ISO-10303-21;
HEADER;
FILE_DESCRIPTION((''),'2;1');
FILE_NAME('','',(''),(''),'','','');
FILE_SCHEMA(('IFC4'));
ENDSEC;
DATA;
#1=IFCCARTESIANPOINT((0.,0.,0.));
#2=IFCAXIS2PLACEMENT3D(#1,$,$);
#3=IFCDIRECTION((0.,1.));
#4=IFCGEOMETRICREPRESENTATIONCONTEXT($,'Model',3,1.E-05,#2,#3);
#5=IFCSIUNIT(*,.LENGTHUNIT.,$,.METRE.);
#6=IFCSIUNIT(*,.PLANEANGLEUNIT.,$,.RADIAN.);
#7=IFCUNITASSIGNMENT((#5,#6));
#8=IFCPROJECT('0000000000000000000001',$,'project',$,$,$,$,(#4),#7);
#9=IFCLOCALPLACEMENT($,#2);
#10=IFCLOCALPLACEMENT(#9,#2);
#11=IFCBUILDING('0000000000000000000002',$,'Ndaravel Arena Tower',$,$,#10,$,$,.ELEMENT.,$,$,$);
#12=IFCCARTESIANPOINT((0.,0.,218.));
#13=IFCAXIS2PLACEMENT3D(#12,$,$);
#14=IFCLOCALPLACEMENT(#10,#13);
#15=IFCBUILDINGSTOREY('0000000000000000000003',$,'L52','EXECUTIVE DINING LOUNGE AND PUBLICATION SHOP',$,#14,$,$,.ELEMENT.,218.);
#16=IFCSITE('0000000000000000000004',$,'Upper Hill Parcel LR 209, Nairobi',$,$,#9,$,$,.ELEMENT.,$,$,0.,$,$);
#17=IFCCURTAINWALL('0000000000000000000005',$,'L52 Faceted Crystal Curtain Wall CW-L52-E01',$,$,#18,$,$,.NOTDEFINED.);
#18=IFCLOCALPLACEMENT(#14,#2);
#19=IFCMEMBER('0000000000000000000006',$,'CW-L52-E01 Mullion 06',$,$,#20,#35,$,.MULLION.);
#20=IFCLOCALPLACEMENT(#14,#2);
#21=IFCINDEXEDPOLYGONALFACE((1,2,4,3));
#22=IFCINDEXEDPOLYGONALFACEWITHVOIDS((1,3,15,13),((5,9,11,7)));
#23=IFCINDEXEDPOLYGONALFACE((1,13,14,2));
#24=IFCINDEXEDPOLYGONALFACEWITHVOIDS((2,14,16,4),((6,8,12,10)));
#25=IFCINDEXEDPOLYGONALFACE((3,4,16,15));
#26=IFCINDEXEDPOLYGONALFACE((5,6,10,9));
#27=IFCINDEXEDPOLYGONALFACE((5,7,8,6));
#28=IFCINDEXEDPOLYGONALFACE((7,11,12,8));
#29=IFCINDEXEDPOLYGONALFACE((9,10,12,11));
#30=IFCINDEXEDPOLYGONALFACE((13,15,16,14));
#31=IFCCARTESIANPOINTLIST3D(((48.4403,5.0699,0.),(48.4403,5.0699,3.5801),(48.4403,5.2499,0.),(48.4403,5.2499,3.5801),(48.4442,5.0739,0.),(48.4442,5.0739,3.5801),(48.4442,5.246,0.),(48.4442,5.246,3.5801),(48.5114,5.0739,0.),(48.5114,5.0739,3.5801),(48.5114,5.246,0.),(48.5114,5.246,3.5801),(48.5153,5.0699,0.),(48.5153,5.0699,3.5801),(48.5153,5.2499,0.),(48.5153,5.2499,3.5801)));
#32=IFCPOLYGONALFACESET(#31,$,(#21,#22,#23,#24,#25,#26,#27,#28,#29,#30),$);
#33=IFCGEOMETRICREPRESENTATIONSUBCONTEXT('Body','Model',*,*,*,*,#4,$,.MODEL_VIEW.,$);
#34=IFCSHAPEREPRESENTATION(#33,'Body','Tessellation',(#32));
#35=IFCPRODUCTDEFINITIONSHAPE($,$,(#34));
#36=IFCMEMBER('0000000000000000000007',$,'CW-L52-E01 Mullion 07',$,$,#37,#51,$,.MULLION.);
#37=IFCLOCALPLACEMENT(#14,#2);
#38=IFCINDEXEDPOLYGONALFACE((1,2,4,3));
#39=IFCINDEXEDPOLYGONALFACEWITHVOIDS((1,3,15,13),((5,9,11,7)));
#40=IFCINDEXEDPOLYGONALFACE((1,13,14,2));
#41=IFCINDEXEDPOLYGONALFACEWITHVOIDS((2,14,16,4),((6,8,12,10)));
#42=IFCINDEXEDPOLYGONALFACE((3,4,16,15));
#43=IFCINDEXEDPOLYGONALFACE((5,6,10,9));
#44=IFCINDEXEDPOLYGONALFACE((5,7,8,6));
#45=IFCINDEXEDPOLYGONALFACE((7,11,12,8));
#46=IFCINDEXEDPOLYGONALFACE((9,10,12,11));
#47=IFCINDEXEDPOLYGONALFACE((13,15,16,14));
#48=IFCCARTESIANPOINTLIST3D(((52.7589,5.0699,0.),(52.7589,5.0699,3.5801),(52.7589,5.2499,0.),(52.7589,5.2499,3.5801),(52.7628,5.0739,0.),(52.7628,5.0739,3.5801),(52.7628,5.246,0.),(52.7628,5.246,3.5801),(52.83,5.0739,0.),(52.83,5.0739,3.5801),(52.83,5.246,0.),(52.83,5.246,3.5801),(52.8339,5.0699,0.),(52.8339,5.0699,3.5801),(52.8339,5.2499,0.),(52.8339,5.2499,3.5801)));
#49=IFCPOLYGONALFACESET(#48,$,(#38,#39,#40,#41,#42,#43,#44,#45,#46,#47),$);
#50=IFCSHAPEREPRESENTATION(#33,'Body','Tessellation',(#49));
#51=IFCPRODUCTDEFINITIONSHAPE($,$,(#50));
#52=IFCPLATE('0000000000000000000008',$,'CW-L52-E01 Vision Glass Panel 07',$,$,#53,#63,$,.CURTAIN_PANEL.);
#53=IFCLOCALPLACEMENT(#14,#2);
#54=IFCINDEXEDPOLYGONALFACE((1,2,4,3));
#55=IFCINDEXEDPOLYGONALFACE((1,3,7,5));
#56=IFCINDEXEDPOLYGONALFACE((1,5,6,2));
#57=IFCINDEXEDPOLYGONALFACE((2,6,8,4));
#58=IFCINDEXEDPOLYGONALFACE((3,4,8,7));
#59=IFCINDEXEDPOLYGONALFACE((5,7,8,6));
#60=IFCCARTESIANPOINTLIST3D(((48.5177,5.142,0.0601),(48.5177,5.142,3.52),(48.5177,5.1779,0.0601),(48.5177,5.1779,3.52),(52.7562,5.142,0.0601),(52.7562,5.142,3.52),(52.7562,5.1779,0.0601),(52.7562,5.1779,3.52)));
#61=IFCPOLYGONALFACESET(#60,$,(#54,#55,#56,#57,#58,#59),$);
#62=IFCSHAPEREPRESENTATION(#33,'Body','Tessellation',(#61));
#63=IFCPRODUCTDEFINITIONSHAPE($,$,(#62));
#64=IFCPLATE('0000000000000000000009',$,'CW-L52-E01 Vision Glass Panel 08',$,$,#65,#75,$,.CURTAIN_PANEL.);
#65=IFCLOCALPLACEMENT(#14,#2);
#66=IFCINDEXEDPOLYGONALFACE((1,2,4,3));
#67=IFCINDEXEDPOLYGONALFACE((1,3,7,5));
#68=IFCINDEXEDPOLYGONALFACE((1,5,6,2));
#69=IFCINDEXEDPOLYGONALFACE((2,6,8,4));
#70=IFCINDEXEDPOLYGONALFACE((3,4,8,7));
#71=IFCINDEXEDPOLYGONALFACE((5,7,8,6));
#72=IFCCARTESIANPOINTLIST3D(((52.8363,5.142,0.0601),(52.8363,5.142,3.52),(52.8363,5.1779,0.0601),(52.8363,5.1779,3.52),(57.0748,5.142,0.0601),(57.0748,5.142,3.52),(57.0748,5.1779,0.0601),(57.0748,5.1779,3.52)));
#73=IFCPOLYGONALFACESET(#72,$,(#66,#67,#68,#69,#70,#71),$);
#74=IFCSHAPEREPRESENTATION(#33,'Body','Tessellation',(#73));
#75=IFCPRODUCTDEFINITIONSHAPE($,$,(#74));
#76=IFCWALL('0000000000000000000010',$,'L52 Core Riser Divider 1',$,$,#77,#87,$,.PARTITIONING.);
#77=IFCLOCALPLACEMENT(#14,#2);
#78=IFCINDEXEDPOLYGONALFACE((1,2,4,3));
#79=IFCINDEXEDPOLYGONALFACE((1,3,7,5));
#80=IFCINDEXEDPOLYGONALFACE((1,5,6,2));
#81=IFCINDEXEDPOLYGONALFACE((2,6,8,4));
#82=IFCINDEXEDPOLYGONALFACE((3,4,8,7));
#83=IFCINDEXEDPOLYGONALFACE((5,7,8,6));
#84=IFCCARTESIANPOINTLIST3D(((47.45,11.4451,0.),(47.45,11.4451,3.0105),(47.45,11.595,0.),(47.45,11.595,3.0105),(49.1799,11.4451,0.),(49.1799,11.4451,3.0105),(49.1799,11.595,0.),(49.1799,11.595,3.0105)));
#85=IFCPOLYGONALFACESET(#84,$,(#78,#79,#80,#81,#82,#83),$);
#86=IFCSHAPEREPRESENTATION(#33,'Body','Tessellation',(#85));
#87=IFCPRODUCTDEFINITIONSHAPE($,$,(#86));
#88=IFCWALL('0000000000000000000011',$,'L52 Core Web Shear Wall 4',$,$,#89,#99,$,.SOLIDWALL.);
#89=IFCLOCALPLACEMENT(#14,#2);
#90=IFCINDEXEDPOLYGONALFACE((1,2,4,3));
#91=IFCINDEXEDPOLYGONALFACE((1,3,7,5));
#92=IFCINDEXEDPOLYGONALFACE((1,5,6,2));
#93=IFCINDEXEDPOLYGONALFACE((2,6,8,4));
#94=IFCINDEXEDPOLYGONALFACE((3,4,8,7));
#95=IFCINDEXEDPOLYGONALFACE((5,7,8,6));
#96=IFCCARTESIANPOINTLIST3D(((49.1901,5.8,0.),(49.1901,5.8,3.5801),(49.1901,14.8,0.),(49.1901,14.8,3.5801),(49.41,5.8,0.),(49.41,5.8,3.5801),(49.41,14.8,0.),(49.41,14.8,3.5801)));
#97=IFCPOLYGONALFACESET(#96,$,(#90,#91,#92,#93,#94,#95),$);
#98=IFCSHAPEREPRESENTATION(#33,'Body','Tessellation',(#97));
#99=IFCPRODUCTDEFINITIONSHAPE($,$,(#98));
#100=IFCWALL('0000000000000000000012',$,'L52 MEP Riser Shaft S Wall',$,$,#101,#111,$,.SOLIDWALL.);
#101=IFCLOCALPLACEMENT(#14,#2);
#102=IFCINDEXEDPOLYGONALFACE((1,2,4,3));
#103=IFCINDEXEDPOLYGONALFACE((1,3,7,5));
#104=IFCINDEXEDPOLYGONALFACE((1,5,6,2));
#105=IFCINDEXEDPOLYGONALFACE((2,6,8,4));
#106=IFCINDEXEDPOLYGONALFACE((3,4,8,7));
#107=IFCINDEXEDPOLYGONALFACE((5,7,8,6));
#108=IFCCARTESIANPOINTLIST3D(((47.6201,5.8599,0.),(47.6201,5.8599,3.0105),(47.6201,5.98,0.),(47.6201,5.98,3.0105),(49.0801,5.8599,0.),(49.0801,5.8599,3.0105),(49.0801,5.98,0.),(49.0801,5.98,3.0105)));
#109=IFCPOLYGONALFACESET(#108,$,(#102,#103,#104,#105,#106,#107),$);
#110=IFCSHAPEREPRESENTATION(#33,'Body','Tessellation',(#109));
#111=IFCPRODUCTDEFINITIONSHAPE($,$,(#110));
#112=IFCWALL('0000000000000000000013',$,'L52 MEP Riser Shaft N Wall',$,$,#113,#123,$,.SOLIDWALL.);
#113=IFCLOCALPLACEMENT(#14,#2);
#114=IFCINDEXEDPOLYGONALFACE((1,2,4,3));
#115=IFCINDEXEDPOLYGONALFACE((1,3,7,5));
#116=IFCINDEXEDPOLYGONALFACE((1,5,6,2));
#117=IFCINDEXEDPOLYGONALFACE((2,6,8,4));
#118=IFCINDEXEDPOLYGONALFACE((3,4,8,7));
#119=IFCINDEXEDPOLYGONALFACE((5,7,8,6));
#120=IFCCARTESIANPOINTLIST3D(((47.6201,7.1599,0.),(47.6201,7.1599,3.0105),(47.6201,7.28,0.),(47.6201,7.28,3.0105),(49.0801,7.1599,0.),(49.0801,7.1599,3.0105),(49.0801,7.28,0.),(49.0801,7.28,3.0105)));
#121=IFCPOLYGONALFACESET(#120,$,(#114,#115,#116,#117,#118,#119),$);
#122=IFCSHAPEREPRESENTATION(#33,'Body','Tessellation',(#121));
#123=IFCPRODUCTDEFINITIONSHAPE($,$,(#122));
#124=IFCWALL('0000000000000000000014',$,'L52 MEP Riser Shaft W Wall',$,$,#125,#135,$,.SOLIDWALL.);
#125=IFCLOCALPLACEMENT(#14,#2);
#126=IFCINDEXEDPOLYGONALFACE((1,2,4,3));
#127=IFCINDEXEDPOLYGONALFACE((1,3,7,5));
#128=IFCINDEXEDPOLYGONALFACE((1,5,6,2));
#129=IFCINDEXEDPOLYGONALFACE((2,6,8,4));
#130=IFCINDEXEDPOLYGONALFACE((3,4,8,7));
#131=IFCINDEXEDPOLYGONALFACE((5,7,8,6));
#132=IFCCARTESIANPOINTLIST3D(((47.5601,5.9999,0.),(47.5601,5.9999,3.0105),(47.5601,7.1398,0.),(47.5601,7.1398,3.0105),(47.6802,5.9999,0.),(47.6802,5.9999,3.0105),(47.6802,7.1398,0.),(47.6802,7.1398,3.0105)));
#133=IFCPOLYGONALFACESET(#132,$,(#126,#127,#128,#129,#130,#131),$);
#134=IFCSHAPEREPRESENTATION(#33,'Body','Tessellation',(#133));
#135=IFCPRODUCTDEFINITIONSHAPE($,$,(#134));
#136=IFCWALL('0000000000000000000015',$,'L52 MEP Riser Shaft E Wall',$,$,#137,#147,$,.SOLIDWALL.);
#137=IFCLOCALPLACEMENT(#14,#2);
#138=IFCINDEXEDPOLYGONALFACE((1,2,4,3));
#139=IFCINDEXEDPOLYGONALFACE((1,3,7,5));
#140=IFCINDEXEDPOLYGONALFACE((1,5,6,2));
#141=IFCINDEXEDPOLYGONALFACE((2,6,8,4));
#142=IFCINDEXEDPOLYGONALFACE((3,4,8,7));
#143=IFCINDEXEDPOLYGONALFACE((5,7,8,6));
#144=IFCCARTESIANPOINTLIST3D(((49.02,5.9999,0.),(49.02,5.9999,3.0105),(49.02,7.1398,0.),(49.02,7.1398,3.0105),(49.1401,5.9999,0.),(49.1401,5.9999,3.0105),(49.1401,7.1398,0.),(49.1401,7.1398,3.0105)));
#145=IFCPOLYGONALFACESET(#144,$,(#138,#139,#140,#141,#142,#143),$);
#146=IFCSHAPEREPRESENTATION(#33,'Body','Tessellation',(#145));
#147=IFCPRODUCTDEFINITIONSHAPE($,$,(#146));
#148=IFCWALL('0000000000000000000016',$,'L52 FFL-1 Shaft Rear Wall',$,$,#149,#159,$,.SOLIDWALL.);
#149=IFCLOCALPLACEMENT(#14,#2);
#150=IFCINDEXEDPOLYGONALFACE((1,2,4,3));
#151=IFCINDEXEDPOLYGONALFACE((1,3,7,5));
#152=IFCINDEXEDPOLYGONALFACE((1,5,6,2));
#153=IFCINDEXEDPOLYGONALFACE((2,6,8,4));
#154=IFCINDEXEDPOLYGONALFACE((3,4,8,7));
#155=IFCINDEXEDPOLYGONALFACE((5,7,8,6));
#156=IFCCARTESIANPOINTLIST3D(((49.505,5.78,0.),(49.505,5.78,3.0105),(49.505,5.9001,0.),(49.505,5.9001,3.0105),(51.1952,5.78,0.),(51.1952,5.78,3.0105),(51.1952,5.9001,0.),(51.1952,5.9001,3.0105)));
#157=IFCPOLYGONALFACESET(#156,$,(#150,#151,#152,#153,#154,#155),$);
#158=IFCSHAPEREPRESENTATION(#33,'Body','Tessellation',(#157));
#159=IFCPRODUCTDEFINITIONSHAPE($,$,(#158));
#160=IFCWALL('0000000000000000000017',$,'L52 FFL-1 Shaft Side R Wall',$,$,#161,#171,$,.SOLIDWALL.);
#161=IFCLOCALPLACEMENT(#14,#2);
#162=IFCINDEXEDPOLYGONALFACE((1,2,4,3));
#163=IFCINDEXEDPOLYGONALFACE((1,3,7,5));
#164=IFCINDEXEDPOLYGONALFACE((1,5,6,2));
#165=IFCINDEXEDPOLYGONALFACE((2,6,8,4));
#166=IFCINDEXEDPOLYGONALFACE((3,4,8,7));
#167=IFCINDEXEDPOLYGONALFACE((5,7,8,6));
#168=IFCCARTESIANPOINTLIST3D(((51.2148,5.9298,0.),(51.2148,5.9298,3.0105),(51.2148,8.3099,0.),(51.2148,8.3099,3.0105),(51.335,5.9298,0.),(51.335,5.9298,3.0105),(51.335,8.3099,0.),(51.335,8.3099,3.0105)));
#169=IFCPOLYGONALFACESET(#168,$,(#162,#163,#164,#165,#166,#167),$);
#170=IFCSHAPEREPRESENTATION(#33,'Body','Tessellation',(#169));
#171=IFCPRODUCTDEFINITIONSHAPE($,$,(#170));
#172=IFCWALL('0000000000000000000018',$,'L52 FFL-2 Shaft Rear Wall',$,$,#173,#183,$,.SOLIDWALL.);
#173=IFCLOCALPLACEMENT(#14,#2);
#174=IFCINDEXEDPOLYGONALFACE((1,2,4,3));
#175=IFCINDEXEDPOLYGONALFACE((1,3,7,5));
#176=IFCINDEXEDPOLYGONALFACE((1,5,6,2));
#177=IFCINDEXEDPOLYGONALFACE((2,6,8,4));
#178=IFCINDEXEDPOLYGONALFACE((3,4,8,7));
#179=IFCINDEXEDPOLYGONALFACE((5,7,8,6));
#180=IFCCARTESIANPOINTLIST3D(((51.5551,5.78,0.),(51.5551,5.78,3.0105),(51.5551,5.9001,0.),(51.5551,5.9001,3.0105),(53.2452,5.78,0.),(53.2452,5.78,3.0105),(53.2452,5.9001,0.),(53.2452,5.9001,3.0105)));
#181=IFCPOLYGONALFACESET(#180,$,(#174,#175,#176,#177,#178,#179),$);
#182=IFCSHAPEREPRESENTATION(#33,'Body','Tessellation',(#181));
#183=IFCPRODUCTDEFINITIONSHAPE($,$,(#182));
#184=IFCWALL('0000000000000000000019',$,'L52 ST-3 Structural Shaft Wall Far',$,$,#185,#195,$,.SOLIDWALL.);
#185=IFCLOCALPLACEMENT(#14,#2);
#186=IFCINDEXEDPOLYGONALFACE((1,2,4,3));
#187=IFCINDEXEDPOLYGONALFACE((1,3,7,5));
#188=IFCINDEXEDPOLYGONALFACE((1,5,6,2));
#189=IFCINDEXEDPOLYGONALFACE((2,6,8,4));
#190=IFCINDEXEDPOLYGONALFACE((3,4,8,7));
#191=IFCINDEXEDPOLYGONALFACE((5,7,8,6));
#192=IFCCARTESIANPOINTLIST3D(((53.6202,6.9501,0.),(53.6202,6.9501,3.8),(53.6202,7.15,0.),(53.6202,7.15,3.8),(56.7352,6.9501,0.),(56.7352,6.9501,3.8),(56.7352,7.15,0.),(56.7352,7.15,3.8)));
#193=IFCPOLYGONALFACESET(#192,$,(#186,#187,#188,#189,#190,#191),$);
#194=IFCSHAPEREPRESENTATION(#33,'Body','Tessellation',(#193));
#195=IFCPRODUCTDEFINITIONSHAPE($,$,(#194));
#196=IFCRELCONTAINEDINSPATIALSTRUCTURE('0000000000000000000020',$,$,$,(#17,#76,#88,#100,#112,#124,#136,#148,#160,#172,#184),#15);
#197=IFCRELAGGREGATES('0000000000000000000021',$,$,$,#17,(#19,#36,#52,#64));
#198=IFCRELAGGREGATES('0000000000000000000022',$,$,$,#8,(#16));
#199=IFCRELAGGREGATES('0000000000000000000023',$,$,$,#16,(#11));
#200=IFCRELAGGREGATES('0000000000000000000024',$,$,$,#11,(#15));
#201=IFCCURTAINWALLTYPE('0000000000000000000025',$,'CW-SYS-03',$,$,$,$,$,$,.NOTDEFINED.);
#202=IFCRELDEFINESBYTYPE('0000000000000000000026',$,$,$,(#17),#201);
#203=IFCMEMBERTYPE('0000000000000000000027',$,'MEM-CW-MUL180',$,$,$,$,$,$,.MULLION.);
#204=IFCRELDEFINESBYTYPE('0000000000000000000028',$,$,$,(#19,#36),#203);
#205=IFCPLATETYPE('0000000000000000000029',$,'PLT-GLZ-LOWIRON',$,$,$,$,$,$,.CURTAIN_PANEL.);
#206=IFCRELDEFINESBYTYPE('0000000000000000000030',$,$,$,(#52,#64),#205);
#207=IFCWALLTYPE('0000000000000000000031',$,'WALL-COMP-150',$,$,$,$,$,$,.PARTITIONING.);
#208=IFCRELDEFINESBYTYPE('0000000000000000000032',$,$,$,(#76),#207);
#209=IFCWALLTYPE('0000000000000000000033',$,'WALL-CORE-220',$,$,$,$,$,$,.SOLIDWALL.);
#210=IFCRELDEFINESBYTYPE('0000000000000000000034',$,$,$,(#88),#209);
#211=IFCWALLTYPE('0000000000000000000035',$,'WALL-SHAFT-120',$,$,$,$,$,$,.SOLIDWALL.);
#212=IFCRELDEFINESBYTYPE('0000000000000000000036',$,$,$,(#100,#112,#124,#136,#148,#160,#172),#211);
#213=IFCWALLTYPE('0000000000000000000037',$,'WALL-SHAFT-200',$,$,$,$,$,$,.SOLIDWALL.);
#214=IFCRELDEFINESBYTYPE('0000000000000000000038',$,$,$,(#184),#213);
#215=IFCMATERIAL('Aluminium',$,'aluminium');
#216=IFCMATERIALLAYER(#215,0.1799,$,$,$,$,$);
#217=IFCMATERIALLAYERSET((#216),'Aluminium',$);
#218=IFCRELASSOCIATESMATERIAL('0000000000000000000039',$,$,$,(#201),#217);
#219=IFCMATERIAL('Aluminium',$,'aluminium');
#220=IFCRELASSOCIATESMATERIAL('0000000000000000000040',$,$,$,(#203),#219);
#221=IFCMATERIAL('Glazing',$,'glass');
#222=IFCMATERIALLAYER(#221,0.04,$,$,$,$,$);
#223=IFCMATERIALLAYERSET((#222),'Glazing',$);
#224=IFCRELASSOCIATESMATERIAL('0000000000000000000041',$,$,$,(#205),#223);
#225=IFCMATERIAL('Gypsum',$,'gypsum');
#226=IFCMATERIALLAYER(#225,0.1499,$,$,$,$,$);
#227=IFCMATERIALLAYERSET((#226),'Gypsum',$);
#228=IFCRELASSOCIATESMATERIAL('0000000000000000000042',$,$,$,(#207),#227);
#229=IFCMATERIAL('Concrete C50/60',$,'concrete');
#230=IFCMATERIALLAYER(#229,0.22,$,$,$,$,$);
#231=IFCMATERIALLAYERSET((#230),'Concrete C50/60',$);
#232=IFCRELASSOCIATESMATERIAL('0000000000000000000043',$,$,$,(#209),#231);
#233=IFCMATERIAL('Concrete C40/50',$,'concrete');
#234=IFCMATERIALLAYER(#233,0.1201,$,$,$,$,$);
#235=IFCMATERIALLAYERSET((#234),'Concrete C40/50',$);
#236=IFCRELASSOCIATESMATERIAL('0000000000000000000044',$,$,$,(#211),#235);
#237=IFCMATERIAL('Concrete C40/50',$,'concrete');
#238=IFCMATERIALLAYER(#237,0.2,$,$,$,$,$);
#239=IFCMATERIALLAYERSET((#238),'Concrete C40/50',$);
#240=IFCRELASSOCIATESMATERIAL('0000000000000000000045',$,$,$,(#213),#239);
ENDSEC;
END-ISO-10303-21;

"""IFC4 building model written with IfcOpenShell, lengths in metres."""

from ifc_helpers import new_model, si_unit, direction, frame, frame_2d, origin, origin_2d, place, context, subcontext, project, spatial, rectangle, hollow_rectangle, extrude, material, layer, layer_set, material_profile, profile_set, type_object, element, aggregate, save


model = new_model("IFC4")

# Units and contexts
model_context = context("Model", 3, precision=1e-05, world=origin(), true_north=direction((0.0, 1.0)))
body_context = subcontext(model_context, "Body", "Model", "MODEL_VIEW")
ifc_project = project(units=[si_unit("LENGTHUNIT", "METRE"), si_unit("PLANEANGLEUNIT", "RADIAN")], contexts=[model_context])

# Site, building, storey
site_placement = place(None, origin())
site = spatial("IfcSite", under=ifc_project, at=site_placement, Name="Upper Hill Parcel LR 209, Nairobi", CompositionType="ELEMENT", RefElevation=0.0)
building_placement = place(site_placement, origin())
building = spatial("IfcBuilding", under=site, at=building_placement, Name="Ndaravel Arena Tower", CompositionType="ELEMENT")
storey_placement = place(building_placement, frame((0.0, 0.0, 218.0)))
storey = spatial("IfcBuildingStorey", under=building, at=storey_placement, Name="L52", Description="EXECUTIVE DINING LOUNGE AND PUBLICATION SHOP", CompositionType="ELEMENT", Elevation=218.0)

# Curtain wall, members, plates
ifc_material_1 = material(Name="Aluminium", Category="aluminium")
ifc_layer_1 = layer(ifc_material_1, 0.1799)
ifc_layer_set_1 = layer_set([ifc_layer_1], Name="Aluminium")
curtain_wall_type = type_object("IfcCurtainWallType", Name="CW-SYS-03", PredefinedType="NOTDEFINED", material=ifc_layer_set_1)
curtain_wall_placement = place(storey_placement, origin())
curtain_wall = element("IfcCurtainWall", 1, at=curtain_wall_placement, inside=storey, type_object=curtain_wall_type, Name="L52 Faceted Crystal Curtain Wall CW-L52-E01", PredefinedType="NOTDEFINED")
ifc_material_2 = material(Name="Aluminium", Category="aluminium")
ifc_material_profile = material_profile(ifc_material_2, hollow_rectangle(XDim=0.075, YDim=0.1799, WallThickness=0.0039, at=origin_2d()), Name="CW MULLION 75x180x4")
ifc_profile_set = profile_set([ifc_material_profile], Name="Aluminium")
member_type = type_object("IfcMemberType", Name="MEM-CW-MUL180", PredefinedType="MULLION", material=ifc_profile_set)
member_1_placement = place(storey_placement, frame((48.4778, 5.1599, 0.0), z_axis=(0.0, 0.0, 1.0), x_axis=(1.0, 0.0, 0.0)))
member_1 = element("IfcMember", 2, at=member_1_placement, type_object=member_type, Name="CW-L52-E01 Mullion 06", PredefinedType="MULLION", context=body_context, shape_type="SweptSolid", body=[
    extrude(hollow_rectangle(XDim=0.075, YDim=0.1799, WallThickness=0.0039, at=origin_2d()), origin(), (0.0, 0.0, 1.0), 3.5801),
])
member_2_placement = place(storey_placement, frame((52.7964, 5.1599, 0.0), z_axis=(0.0, 0.0, 1.0), x_axis=(1.0, 0.0, 0.0)))
member_2 = element("IfcMember", 3, at=member_2_placement, type_object=member_type, Name="CW-L52-E01 Mullion 07", PredefinedType="MULLION", context=body_context, shape_type="SweptSolid", body=[
    extrude(hollow_rectangle(XDim=0.075, YDim=0.1799, WallThickness=0.0039, at=origin_2d()), origin(), (0.0, 0.0, 1.0), 3.5801),
])
ifc_material_3 = material(Name="Glazing", Category="glass")
ifc_layer_2 = layer(ifc_material_3, 0.04)
ifc_layer_set_2 = layer_set([ifc_layer_2], Name="Glazing")
plate_type = type_object("IfcPlateType", Name="PLT-GLZ-LOWIRON", PredefinedType="CURTAIN_PANEL", material=ifc_layer_set_2)
plate_1_placement = place(storey_placement, frame((50.637, 5.1599, 0.0601), z_axis=(0.0, 0.0, 1.0), x_axis=(1.0, 0.0, 0.0)))
plate_1 = element("IfcPlate", 4, at=plate_1_placement, type_object=plate_type, Name="CW-L52-E01 Vision Glass Panel 07", PredefinedType="CURTAIN_PANEL", context=body_context, shape_type="SweptSolid", body=[
    extrude(rectangle(XDim=4.2385, YDim=0.0359, at=origin_2d()), origin(), (0.0, 0.0, 1.0), 3.46),
])
plate_2_placement = place(storey_placement, frame((54.9556, 5.1599, 0.0601), z_axis=(0.0, 0.0, 1.0), x_axis=(1.0, 0.0, 0.0)))
plate_2 = element("IfcPlate", 5, at=plate_2_placement, type_object=plate_type, Name="CW-L52-E01 Vision Glass Panel 08", PredefinedType="CURTAIN_PANEL", context=body_context, shape_type="SweptSolid", body=[
    extrude(rectangle(XDim=4.2385, YDim=0.0359, at=origin_2d()), origin(), (0.0, 0.0, 1.0), 3.46),
])
aggregate(curtain_wall, [member_1, member_2, plate_1, plate_2])

# Walls
ifc_material_4 = material(Name="Gypsum", Category="gypsum")
ifc_layer_3 = layer(ifc_material_4, 0.1499)
ifc_layer_set_3 = layer_set([ifc_layer_3], Name="Gypsum")
wall_type_1 = type_object("IfcWallType", Name="WALL-COMP-150", PredefinedType="PARTITIONING", material=ifc_layer_set_3)
wall_1_placement = place(storey_placement, frame((47.45, 11.52, 0.0), z_axis=(0.0, 0.0, 1.0), x_axis=(1.0, 0.0, 0.0)))
element("IfcWall", 6, at=wall_1_placement, inside=storey, type_object=wall_type_1, Name="L52 Core Riser Divider 1", PredefinedType="PARTITIONING", context=body_context, shape_type="SweptSolid", body=[
    extrude(rectangle(XDim=1.73, YDim=0.1499, at=frame_2d((0.865, 0.0))), origin(), (0.0, 0.0, 1.0), 3.0105),
])
ifc_material_5 = material(Name="Concrete C50/60", Category="concrete")
ifc_layer_4 = layer(ifc_material_5, 0.22)
ifc_layer_set_4 = layer_set([ifc_layer_4], Name="Concrete C50/60")
wall_type_2 = type_object("IfcWallType", Name="WALL-CORE-220", PredefinedType="SOLIDWALL", material=ifc_layer_set_4)
wall_2_placement = place(storey_placement, frame((49.3, 5.8, 0.0), z_axis=(0.0, 0.0, 1.0), x_axis=(0.0, 1.0, 0.0)))
element("IfcWall", 7, at=wall_2_placement, inside=storey, type_object=wall_type_2, Name="L52 Core Web Shear Wall 4", PredefinedType="SOLIDWALL", context=body_context, shape_type="SweptSolid", body=[
    extrude(rectangle(XDim=9.0, YDim=0.22, at=frame_2d((4.5, 0.0))), origin(), (0.0, 0.0, 1.0), 3.5801),
])

# Walls
ifc_material_6 = material(Name="Concrete C40/50", Category="concrete")
ifc_layer_5 = layer(ifc_material_6, 0.1201)
ifc_layer_set_5 = layer_set([ifc_layer_5], Name="Concrete C40/50")
wall_type_3 = type_object("IfcWallType", Name="WALL-SHAFT-120", PredefinedType="SOLIDWALL", material=ifc_layer_set_5)
for number, where, z_axis, x_axis, name in (
    (8, (47.6201, 5.9199, 0.0), (0.0, 0.0, 1.0), (1.0, 0.0, 0.0), "L52 MEP Riser Shaft S Wall"),
    (9, (47.6201, 7.22, 0.0), (0.0, 0.0, 1.0), (1.0, 0.0, 0.0), "L52 MEP Riser Shaft N Wall"),
):
    element("IfcWall", number, at=place(storey_placement, frame(where, z_axis=z_axis, x_axis=x_axis)), inside=storey, type_object=wall_type_3, Name=name, PredefinedType="SOLIDWALL", context=body_context, shape_type="SweptSolid", body=[
        extrude(rectangle(XDim=1.46, YDim=0.1201, at=frame_2d((0.73, 0.0))), origin(), (0.0, 0.0, 1.0), 3.0105),
    ])
for number, where, z_axis, x_axis, name in (
    (10, (47.6201, 6.0, 0.0), (0.0, 0.0, 1.0), (0.0, 1.0, 0.0), "L52 MEP Riser Shaft W Wall"),
    (11, (49.0801, 6.0, 0.0), (0.0, 0.0, 1.0), (0.0, 1.0, 0.0), "L52 MEP Riser Shaft E Wall"),
):
    element("IfcWall", number, at=place(storey_placement, frame(where, z_axis=z_axis, x_axis=x_axis)), inside=storey, type_object=wall_type_3, Name=name, PredefinedType="SOLIDWALL", context=body_context, shape_type="SweptSolid", body=[
        extrude(rectangle(XDim=1.1399, YDim=0.1201, at=frame_2d((0.5698, 0.0))), origin(), (0.0, 0.0, 1.0), 3.0105),
    ])
wall_3_placement = place(storey_placement, frame((49.5049, 5.8401, 0.0), z_axis=(0.0, 0.0, 1.0), x_axis=(1.0, 0.0, 0.0)))
element("IfcWall", 12, at=wall_3_placement, inside=storey, type_object=wall_type_3, Name="L52 FFL-1 Shaft Rear Wall", PredefinedType="SOLIDWALL", context=body_context, shape_type="SweptSolid", body=[
    extrude(rectangle(XDim=1.6902, YDim=0.1201, at=frame_2d((0.8452, 0.0))), origin(), (0.0, 0.0, 1.0), 3.0105),
])
wall_4_placement = place(storey_placement, frame((51.2749, 5.9299, 0.0), z_axis=(0.0, 0.0, 1.0), x_axis=(0.0, 1.0, 0.0)))
element("IfcWall", 13, at=wall_4_placement, inside=storey, type_object=wall_type_3, Name="L52 FFL-1 Shaft Side R Wall", PredefinedType="SOLIDWALL", context=body_context, shape_type="SweptSolid", body=[
    extrude(rectangle(XDim=2.3801, YDim=0.1201, at=frame_2d((1.1899, 0.0))), origin(), (0.0, 0.0, 1.0), 3.0105),
])
wall_5_placement = place(storey_placement, frame((51.5549, 5.8401, 0.0), z_axis=(0.0, 0.0, 1.0), x_axis=(1.0, 0.0, 0.0)))
element("IfcWall", 14, at=wall_5_placement, inside=storey, type_object=wall_type_3, Name="L52 FFL-2 Shaft Rear Wall", PredefinedType="SOLIDWALL", context=body_context, shape_type="SweptSolid", body=[
    extrude(rectangle(XDim=1.6902, YDim=0.1201, at=frame_2d((0.8452, 0.0))), origin(), (0.0, 0.0, 1.0), 3.0105),
])
ifc_material_7 = material(Name="Concrete C40/50", Category="concrete")
ifc_layer_6 = layer(ifc_material_7, 0.2)
ifc_layer_set_6 = layer_set([ifc_layer_6], Name="Concrete C40/50")
wall_type_4 = type_object("IfcWallType", Name="WALL-SHAFT-200", PredefinedType="SOLIDWALL", material=ifc_layer_set_6)
wall_6_placement = place(storey_placement, frame((53.6201, 7.05, 0.0), z_axis=(0.0, 0.0, 1.0), x_axis=(1.0, 0.0, 0.0)))
element("IfcWall", 15, at=wall_6_placement, inside=storey, type_object=wall_type_4, Name="L52 ST-3 Structural Shaft Wall Far", PredefinedType="SOLIDWALL", context=body_context, shape_type="SweptSolid", body=[
    extrude(rectangle(XDim=3.115, YDim=0.2, at=frame_2d((1.5576, 0.0))), origin(), (0.0, 0.0, 1.0), 3.8),
])

save(model, "model.ifc")
